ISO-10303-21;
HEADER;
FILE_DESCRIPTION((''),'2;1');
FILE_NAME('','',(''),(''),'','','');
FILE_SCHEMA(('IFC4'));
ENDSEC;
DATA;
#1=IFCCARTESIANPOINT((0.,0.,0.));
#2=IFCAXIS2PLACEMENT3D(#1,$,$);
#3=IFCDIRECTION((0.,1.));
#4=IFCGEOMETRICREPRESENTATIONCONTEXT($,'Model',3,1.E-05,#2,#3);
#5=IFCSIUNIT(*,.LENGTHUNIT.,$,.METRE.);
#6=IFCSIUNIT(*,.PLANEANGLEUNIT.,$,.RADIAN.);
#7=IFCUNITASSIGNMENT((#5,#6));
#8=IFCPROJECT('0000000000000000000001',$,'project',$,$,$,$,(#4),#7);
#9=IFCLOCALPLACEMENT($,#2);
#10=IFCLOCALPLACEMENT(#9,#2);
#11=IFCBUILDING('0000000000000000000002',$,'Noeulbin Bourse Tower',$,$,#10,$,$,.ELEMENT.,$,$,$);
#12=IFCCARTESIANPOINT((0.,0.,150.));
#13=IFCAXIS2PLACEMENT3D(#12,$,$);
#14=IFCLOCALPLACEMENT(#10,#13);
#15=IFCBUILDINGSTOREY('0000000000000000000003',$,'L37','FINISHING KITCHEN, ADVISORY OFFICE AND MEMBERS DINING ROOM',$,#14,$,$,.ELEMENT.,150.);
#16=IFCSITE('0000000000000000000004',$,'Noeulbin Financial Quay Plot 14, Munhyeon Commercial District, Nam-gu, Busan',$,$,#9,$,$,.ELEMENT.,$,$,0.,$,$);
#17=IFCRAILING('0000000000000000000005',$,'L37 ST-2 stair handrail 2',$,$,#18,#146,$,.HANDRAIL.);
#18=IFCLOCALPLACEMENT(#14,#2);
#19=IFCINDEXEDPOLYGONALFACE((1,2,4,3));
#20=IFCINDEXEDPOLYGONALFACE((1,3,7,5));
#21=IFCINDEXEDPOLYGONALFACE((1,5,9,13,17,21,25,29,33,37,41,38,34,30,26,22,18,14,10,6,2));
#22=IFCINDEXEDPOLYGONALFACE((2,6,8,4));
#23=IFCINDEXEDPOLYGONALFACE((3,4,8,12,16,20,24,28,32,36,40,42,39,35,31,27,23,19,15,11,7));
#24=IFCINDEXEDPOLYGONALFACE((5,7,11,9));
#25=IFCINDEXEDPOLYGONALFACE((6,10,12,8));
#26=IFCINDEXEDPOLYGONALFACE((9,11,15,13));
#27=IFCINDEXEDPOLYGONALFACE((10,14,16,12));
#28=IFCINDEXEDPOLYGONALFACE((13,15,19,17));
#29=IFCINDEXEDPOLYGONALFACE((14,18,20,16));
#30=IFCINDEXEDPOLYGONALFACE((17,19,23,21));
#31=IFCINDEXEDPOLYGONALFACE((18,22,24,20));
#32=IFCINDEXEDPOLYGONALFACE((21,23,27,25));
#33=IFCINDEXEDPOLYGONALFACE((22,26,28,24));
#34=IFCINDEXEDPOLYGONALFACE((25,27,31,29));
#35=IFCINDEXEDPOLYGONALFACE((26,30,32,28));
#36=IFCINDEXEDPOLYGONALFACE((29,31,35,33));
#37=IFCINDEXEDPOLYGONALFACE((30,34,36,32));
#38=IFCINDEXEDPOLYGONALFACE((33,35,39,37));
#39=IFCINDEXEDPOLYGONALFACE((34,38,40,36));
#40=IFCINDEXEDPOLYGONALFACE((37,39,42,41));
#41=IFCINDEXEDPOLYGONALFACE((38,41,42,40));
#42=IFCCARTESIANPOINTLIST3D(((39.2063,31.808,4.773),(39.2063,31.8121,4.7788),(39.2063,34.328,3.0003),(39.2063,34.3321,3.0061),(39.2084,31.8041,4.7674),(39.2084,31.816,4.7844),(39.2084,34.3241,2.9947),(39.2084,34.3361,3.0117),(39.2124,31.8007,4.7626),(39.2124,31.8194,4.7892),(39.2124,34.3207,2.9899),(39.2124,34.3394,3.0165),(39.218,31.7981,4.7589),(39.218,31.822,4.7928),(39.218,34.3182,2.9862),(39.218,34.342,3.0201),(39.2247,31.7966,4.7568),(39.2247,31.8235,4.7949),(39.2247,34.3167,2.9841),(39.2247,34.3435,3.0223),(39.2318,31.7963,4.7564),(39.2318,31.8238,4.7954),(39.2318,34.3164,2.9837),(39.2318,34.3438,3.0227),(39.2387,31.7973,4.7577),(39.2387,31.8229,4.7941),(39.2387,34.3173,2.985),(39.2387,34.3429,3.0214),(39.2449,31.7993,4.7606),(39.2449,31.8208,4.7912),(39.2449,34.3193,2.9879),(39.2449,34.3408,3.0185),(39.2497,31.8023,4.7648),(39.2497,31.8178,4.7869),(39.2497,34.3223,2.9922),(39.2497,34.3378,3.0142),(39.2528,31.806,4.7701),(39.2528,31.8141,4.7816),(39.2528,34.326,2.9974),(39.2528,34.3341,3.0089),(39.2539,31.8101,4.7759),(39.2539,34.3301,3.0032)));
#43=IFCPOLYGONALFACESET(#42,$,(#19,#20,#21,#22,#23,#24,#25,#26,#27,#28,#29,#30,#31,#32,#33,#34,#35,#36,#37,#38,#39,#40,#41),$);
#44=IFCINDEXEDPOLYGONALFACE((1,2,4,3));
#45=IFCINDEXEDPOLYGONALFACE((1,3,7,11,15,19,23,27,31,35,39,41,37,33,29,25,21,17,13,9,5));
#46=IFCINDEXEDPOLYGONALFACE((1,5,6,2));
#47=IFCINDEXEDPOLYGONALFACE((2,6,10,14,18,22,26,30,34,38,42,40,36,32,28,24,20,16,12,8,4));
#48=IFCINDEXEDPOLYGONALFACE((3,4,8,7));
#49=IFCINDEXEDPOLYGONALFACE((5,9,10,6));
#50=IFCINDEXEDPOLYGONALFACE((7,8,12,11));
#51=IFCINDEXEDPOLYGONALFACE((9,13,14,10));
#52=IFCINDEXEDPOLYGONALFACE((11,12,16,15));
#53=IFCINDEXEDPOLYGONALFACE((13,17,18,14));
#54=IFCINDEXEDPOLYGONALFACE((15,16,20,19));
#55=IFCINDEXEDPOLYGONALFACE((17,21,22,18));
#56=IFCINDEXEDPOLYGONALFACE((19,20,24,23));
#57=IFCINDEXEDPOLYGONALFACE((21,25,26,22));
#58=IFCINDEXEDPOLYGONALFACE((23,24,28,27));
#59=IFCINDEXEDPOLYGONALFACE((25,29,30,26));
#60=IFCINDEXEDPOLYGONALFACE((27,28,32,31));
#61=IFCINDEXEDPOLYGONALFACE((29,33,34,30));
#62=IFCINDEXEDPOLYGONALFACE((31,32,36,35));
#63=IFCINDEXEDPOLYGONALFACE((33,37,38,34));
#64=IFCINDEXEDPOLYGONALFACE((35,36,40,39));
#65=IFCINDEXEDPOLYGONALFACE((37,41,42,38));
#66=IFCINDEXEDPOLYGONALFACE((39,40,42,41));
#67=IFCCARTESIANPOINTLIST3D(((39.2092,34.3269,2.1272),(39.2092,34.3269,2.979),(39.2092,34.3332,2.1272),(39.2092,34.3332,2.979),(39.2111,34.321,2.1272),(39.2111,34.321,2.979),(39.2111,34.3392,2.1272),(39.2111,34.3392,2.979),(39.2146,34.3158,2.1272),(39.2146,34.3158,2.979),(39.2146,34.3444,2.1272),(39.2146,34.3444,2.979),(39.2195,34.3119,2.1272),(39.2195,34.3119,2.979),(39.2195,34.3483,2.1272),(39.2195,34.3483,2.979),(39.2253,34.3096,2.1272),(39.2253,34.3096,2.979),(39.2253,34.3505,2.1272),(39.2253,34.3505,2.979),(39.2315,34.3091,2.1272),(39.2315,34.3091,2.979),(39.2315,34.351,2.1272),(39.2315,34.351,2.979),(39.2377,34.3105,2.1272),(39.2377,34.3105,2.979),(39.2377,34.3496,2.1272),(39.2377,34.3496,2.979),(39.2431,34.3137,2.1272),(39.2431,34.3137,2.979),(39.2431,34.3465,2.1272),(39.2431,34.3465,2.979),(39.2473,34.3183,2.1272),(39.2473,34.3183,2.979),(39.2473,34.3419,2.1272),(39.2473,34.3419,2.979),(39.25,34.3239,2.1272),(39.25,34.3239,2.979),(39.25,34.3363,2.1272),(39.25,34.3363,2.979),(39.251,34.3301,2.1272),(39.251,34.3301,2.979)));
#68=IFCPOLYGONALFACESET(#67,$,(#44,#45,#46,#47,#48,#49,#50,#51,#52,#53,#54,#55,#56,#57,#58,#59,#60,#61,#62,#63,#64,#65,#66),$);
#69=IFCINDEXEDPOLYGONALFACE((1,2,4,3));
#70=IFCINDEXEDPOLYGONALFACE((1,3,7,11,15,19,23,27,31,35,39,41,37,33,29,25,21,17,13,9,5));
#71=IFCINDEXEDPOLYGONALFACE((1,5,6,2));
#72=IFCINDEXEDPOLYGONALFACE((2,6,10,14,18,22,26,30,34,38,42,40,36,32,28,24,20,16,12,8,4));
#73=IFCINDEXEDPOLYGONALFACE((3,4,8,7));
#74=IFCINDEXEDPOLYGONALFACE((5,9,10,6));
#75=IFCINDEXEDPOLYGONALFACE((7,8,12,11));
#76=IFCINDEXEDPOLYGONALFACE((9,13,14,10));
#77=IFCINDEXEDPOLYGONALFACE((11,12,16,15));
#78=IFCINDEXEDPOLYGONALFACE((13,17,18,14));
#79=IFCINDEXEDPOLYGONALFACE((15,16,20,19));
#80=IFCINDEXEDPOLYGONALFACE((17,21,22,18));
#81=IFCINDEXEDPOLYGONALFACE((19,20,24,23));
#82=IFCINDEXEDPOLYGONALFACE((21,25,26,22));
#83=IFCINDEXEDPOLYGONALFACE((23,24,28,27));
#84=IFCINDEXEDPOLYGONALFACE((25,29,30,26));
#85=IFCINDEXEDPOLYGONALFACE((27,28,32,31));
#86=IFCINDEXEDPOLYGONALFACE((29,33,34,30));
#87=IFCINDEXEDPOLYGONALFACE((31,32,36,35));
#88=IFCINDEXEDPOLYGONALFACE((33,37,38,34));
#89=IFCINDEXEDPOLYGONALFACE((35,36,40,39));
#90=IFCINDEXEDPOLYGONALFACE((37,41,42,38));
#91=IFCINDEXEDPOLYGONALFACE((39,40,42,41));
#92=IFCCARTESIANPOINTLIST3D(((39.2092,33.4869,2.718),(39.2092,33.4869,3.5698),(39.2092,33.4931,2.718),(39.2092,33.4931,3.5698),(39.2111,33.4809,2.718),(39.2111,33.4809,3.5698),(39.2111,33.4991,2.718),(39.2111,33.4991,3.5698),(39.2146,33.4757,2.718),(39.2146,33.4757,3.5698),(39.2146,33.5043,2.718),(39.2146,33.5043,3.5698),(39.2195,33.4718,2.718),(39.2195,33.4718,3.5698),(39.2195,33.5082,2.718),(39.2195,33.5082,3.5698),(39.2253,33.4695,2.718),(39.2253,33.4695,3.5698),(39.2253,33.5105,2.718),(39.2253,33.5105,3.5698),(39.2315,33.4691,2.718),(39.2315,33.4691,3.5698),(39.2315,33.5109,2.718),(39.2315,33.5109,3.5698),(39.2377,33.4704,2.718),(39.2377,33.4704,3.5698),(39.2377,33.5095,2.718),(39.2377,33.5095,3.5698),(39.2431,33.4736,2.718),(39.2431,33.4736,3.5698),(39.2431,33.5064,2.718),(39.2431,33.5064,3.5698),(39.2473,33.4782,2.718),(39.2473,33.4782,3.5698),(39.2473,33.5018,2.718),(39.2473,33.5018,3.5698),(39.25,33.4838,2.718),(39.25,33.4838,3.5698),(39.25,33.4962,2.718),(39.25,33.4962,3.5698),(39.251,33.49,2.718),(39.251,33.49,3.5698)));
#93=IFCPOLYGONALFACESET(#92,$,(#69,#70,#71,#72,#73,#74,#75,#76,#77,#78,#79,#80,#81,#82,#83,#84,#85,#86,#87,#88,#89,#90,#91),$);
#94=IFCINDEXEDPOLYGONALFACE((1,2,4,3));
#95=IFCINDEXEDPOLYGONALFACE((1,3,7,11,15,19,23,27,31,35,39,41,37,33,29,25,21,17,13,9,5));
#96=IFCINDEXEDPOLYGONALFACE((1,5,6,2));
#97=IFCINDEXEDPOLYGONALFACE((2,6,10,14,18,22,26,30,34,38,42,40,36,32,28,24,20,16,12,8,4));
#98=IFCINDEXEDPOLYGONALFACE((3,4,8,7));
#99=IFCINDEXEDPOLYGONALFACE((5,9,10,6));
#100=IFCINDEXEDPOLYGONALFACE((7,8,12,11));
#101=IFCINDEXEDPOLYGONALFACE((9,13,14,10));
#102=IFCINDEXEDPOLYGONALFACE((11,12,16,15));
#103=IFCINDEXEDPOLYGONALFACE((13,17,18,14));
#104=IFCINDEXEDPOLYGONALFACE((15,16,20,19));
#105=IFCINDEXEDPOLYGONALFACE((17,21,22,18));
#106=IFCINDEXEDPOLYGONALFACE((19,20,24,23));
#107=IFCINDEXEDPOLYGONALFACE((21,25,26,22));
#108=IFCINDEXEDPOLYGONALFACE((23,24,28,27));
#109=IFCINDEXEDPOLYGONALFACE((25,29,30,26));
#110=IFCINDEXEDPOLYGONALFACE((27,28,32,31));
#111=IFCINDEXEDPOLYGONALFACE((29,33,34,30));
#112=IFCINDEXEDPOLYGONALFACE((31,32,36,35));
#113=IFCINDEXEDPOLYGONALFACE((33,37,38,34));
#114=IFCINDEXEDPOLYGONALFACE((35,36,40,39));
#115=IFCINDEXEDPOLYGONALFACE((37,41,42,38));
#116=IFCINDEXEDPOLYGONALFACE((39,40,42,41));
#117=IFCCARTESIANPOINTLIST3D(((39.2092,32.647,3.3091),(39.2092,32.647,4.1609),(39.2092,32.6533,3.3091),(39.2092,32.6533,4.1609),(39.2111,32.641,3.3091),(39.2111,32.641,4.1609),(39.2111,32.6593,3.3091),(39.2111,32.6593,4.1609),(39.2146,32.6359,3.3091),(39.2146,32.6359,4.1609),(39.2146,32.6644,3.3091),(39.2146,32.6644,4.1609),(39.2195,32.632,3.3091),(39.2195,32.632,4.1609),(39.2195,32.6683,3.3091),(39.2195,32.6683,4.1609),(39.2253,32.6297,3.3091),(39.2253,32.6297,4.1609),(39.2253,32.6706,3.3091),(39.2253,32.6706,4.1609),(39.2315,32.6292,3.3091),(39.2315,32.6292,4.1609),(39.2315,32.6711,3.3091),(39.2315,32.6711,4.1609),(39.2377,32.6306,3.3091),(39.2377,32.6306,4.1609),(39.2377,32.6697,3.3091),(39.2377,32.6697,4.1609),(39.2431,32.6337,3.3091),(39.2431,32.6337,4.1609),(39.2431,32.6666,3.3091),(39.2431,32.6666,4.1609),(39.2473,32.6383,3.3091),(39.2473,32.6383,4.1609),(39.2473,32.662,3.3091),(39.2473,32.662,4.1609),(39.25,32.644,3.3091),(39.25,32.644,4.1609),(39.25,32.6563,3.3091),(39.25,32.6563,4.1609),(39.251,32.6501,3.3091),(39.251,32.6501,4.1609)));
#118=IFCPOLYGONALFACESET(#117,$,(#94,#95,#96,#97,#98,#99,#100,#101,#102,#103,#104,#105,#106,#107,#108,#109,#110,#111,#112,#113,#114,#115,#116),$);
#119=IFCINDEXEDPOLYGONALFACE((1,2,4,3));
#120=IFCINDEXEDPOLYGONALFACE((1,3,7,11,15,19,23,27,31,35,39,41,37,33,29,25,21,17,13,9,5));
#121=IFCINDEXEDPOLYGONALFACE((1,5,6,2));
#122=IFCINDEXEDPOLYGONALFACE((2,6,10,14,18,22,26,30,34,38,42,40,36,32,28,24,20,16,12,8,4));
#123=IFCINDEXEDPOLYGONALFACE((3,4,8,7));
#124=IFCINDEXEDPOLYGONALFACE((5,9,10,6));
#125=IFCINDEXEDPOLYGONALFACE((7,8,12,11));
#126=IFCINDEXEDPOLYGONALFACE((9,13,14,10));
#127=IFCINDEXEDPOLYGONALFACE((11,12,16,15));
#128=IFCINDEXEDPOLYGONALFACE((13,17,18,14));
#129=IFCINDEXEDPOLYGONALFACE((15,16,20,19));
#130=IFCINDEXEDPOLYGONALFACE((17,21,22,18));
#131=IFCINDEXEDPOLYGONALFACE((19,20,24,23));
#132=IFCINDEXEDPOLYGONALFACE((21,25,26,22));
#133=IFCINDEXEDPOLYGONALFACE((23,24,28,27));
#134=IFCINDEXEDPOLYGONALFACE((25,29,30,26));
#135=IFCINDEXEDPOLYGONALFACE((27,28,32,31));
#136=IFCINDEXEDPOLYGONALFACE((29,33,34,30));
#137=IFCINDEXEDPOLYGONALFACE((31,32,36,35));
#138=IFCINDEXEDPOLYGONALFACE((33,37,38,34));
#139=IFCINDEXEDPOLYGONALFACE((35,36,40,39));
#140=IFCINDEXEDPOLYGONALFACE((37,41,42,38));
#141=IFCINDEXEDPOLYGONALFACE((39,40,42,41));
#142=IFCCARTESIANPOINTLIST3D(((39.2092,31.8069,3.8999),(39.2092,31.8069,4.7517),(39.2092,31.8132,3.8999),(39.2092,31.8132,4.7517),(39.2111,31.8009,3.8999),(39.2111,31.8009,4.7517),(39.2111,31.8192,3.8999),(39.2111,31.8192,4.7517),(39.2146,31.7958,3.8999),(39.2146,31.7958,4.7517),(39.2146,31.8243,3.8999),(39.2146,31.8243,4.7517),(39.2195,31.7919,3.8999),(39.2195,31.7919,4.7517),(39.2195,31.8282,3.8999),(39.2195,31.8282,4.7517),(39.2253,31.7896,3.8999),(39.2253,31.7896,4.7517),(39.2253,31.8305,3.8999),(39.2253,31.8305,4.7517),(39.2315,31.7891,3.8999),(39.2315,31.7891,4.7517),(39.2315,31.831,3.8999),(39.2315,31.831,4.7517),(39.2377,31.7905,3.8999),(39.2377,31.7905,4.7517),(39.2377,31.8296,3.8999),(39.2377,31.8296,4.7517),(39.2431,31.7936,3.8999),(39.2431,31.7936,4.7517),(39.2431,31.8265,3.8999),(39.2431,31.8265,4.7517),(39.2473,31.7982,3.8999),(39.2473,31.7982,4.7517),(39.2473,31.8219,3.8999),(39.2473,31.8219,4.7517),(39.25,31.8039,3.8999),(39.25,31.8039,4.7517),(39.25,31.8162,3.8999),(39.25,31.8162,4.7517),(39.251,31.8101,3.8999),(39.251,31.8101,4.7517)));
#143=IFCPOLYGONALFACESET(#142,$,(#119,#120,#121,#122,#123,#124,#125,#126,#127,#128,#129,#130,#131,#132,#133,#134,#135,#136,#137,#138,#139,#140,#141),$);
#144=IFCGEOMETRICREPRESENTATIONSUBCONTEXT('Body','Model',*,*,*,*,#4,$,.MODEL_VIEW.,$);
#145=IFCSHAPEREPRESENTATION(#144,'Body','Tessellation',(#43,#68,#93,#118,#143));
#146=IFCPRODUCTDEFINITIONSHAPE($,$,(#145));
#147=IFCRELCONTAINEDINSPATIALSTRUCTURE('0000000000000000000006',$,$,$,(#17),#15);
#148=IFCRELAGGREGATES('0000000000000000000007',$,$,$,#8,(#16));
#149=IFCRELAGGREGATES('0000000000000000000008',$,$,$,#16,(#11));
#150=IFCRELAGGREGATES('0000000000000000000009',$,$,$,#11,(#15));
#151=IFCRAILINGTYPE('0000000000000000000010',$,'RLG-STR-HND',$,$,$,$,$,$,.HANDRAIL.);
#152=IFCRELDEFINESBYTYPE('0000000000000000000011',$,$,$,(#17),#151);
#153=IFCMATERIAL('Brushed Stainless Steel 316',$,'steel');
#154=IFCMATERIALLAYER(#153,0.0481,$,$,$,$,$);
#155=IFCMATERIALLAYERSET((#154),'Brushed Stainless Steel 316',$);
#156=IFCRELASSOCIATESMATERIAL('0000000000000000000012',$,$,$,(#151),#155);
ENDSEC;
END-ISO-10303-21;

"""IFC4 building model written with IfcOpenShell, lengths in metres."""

from ifc_helpers import new_model, si_unit, direction, frame, origin, origin_2d, place, context, subcontext, project, spatial, circle, extrude, material, layer, layer_set, type_object, element, save


model = new_model("IFC4")

# Units and contexts
model_context = context("Model", 3, precision=1e-05, world=origin(), true_north=direction((0.0, 1.0)))
body_context = subcontext(model_context, "Body", "Model", "MODEL_VIEW")
ifc_project = project(units=[si_unit("LENGTHUNIT", "METRE"), si_unit("PLANEANGLEUNIT", "RADIAN")], contexts=[model_context])

# Site, building, storey
site_placement = place(None, origin())
site = spatial("IfcSite", under=ifc_project, at=site_placement, Name="Noeulbin Financial Quay Plot 14, Munhyeon Commercial District, Nam-gu, Busan", CompositionType="ELEMENT", RefElevation=0.0)
building_placement = place(site_placement, origin())
building = spatial("IfcBuilding", under=site, at=building_placement, Name="Noeulbin Bourse Tower", CompositionType="ELEMENT")
storey_placement = place(building_placement, frame((0.0, 0.0, 150.0)))
storey = spatial("IfcBuildingStorey", under=building, at=storey_placement, Name="L37", Description="FINISHING KITCHEN, ADVISORY OFFICE AND MEMBERS DINING ROOM", CompositionType="ELEMENT", Elevation=150.0)

# Shared definitions
ifc_material_1 = material(Name="Brushed Stainless Steel 316", Category="steel")

# Railing
ifc_layer_1 = layer(ifc_material_1, 0.0481)
ifc_layer_set_1 = layer_set([ifc_layer_1], Name="Brushed Stainless Steel 316")
railing_type_1 = type_object("IfcRailingType", Name="RLG-STR-HND", PredefinedType="HANDRAIL", material=ifc_layer_set_1)
railing_1_placement = place(storey_placement, frame((39.23, 34.3301, 2.1272)))
element("IfcRailing", 1, at=railing_1_placement, inside=storey, type_object=railing_type_1, Name="L37 ST-2 stair handrail 2", PredefinedType="HANDRAIL", context=body_context, shape_type="SweptSolid", body=[
    extrude(circle(Radius=0.0239, at=origin_2d()), frame((0.0, 0.0, 0.876), z_axis=(0.0, -0.817904, 0.575354), x_axis=(1.0, 0.0, 0.0)), (0.0, 0.0, 1.0), 3.0811),
    extrude(circle(Radius=0.021, at=origin_2d()), origin(), (0.0, 0.0, 1.0), 0.8518),
    extrude(circle(Radius=0.021, at=origin_2d()), frame((0.0, -0.8401, 0.5908)), (0.0, 0.0, 1.0), 0.8518),
    extrude(circle(Radius=0.021, at=origin_2d()), frame((0.0, -1.6799, 1.1819)), (0.0, 0.0, 1.0), 0.8518),
    extrude(circle(Radius=0.021, at=origin_2d()), frame((0.0, -2.52, 1.7727)), (0.0, 0.0, 1.0), 0.8518),
])

save(model, "model.ifc")
